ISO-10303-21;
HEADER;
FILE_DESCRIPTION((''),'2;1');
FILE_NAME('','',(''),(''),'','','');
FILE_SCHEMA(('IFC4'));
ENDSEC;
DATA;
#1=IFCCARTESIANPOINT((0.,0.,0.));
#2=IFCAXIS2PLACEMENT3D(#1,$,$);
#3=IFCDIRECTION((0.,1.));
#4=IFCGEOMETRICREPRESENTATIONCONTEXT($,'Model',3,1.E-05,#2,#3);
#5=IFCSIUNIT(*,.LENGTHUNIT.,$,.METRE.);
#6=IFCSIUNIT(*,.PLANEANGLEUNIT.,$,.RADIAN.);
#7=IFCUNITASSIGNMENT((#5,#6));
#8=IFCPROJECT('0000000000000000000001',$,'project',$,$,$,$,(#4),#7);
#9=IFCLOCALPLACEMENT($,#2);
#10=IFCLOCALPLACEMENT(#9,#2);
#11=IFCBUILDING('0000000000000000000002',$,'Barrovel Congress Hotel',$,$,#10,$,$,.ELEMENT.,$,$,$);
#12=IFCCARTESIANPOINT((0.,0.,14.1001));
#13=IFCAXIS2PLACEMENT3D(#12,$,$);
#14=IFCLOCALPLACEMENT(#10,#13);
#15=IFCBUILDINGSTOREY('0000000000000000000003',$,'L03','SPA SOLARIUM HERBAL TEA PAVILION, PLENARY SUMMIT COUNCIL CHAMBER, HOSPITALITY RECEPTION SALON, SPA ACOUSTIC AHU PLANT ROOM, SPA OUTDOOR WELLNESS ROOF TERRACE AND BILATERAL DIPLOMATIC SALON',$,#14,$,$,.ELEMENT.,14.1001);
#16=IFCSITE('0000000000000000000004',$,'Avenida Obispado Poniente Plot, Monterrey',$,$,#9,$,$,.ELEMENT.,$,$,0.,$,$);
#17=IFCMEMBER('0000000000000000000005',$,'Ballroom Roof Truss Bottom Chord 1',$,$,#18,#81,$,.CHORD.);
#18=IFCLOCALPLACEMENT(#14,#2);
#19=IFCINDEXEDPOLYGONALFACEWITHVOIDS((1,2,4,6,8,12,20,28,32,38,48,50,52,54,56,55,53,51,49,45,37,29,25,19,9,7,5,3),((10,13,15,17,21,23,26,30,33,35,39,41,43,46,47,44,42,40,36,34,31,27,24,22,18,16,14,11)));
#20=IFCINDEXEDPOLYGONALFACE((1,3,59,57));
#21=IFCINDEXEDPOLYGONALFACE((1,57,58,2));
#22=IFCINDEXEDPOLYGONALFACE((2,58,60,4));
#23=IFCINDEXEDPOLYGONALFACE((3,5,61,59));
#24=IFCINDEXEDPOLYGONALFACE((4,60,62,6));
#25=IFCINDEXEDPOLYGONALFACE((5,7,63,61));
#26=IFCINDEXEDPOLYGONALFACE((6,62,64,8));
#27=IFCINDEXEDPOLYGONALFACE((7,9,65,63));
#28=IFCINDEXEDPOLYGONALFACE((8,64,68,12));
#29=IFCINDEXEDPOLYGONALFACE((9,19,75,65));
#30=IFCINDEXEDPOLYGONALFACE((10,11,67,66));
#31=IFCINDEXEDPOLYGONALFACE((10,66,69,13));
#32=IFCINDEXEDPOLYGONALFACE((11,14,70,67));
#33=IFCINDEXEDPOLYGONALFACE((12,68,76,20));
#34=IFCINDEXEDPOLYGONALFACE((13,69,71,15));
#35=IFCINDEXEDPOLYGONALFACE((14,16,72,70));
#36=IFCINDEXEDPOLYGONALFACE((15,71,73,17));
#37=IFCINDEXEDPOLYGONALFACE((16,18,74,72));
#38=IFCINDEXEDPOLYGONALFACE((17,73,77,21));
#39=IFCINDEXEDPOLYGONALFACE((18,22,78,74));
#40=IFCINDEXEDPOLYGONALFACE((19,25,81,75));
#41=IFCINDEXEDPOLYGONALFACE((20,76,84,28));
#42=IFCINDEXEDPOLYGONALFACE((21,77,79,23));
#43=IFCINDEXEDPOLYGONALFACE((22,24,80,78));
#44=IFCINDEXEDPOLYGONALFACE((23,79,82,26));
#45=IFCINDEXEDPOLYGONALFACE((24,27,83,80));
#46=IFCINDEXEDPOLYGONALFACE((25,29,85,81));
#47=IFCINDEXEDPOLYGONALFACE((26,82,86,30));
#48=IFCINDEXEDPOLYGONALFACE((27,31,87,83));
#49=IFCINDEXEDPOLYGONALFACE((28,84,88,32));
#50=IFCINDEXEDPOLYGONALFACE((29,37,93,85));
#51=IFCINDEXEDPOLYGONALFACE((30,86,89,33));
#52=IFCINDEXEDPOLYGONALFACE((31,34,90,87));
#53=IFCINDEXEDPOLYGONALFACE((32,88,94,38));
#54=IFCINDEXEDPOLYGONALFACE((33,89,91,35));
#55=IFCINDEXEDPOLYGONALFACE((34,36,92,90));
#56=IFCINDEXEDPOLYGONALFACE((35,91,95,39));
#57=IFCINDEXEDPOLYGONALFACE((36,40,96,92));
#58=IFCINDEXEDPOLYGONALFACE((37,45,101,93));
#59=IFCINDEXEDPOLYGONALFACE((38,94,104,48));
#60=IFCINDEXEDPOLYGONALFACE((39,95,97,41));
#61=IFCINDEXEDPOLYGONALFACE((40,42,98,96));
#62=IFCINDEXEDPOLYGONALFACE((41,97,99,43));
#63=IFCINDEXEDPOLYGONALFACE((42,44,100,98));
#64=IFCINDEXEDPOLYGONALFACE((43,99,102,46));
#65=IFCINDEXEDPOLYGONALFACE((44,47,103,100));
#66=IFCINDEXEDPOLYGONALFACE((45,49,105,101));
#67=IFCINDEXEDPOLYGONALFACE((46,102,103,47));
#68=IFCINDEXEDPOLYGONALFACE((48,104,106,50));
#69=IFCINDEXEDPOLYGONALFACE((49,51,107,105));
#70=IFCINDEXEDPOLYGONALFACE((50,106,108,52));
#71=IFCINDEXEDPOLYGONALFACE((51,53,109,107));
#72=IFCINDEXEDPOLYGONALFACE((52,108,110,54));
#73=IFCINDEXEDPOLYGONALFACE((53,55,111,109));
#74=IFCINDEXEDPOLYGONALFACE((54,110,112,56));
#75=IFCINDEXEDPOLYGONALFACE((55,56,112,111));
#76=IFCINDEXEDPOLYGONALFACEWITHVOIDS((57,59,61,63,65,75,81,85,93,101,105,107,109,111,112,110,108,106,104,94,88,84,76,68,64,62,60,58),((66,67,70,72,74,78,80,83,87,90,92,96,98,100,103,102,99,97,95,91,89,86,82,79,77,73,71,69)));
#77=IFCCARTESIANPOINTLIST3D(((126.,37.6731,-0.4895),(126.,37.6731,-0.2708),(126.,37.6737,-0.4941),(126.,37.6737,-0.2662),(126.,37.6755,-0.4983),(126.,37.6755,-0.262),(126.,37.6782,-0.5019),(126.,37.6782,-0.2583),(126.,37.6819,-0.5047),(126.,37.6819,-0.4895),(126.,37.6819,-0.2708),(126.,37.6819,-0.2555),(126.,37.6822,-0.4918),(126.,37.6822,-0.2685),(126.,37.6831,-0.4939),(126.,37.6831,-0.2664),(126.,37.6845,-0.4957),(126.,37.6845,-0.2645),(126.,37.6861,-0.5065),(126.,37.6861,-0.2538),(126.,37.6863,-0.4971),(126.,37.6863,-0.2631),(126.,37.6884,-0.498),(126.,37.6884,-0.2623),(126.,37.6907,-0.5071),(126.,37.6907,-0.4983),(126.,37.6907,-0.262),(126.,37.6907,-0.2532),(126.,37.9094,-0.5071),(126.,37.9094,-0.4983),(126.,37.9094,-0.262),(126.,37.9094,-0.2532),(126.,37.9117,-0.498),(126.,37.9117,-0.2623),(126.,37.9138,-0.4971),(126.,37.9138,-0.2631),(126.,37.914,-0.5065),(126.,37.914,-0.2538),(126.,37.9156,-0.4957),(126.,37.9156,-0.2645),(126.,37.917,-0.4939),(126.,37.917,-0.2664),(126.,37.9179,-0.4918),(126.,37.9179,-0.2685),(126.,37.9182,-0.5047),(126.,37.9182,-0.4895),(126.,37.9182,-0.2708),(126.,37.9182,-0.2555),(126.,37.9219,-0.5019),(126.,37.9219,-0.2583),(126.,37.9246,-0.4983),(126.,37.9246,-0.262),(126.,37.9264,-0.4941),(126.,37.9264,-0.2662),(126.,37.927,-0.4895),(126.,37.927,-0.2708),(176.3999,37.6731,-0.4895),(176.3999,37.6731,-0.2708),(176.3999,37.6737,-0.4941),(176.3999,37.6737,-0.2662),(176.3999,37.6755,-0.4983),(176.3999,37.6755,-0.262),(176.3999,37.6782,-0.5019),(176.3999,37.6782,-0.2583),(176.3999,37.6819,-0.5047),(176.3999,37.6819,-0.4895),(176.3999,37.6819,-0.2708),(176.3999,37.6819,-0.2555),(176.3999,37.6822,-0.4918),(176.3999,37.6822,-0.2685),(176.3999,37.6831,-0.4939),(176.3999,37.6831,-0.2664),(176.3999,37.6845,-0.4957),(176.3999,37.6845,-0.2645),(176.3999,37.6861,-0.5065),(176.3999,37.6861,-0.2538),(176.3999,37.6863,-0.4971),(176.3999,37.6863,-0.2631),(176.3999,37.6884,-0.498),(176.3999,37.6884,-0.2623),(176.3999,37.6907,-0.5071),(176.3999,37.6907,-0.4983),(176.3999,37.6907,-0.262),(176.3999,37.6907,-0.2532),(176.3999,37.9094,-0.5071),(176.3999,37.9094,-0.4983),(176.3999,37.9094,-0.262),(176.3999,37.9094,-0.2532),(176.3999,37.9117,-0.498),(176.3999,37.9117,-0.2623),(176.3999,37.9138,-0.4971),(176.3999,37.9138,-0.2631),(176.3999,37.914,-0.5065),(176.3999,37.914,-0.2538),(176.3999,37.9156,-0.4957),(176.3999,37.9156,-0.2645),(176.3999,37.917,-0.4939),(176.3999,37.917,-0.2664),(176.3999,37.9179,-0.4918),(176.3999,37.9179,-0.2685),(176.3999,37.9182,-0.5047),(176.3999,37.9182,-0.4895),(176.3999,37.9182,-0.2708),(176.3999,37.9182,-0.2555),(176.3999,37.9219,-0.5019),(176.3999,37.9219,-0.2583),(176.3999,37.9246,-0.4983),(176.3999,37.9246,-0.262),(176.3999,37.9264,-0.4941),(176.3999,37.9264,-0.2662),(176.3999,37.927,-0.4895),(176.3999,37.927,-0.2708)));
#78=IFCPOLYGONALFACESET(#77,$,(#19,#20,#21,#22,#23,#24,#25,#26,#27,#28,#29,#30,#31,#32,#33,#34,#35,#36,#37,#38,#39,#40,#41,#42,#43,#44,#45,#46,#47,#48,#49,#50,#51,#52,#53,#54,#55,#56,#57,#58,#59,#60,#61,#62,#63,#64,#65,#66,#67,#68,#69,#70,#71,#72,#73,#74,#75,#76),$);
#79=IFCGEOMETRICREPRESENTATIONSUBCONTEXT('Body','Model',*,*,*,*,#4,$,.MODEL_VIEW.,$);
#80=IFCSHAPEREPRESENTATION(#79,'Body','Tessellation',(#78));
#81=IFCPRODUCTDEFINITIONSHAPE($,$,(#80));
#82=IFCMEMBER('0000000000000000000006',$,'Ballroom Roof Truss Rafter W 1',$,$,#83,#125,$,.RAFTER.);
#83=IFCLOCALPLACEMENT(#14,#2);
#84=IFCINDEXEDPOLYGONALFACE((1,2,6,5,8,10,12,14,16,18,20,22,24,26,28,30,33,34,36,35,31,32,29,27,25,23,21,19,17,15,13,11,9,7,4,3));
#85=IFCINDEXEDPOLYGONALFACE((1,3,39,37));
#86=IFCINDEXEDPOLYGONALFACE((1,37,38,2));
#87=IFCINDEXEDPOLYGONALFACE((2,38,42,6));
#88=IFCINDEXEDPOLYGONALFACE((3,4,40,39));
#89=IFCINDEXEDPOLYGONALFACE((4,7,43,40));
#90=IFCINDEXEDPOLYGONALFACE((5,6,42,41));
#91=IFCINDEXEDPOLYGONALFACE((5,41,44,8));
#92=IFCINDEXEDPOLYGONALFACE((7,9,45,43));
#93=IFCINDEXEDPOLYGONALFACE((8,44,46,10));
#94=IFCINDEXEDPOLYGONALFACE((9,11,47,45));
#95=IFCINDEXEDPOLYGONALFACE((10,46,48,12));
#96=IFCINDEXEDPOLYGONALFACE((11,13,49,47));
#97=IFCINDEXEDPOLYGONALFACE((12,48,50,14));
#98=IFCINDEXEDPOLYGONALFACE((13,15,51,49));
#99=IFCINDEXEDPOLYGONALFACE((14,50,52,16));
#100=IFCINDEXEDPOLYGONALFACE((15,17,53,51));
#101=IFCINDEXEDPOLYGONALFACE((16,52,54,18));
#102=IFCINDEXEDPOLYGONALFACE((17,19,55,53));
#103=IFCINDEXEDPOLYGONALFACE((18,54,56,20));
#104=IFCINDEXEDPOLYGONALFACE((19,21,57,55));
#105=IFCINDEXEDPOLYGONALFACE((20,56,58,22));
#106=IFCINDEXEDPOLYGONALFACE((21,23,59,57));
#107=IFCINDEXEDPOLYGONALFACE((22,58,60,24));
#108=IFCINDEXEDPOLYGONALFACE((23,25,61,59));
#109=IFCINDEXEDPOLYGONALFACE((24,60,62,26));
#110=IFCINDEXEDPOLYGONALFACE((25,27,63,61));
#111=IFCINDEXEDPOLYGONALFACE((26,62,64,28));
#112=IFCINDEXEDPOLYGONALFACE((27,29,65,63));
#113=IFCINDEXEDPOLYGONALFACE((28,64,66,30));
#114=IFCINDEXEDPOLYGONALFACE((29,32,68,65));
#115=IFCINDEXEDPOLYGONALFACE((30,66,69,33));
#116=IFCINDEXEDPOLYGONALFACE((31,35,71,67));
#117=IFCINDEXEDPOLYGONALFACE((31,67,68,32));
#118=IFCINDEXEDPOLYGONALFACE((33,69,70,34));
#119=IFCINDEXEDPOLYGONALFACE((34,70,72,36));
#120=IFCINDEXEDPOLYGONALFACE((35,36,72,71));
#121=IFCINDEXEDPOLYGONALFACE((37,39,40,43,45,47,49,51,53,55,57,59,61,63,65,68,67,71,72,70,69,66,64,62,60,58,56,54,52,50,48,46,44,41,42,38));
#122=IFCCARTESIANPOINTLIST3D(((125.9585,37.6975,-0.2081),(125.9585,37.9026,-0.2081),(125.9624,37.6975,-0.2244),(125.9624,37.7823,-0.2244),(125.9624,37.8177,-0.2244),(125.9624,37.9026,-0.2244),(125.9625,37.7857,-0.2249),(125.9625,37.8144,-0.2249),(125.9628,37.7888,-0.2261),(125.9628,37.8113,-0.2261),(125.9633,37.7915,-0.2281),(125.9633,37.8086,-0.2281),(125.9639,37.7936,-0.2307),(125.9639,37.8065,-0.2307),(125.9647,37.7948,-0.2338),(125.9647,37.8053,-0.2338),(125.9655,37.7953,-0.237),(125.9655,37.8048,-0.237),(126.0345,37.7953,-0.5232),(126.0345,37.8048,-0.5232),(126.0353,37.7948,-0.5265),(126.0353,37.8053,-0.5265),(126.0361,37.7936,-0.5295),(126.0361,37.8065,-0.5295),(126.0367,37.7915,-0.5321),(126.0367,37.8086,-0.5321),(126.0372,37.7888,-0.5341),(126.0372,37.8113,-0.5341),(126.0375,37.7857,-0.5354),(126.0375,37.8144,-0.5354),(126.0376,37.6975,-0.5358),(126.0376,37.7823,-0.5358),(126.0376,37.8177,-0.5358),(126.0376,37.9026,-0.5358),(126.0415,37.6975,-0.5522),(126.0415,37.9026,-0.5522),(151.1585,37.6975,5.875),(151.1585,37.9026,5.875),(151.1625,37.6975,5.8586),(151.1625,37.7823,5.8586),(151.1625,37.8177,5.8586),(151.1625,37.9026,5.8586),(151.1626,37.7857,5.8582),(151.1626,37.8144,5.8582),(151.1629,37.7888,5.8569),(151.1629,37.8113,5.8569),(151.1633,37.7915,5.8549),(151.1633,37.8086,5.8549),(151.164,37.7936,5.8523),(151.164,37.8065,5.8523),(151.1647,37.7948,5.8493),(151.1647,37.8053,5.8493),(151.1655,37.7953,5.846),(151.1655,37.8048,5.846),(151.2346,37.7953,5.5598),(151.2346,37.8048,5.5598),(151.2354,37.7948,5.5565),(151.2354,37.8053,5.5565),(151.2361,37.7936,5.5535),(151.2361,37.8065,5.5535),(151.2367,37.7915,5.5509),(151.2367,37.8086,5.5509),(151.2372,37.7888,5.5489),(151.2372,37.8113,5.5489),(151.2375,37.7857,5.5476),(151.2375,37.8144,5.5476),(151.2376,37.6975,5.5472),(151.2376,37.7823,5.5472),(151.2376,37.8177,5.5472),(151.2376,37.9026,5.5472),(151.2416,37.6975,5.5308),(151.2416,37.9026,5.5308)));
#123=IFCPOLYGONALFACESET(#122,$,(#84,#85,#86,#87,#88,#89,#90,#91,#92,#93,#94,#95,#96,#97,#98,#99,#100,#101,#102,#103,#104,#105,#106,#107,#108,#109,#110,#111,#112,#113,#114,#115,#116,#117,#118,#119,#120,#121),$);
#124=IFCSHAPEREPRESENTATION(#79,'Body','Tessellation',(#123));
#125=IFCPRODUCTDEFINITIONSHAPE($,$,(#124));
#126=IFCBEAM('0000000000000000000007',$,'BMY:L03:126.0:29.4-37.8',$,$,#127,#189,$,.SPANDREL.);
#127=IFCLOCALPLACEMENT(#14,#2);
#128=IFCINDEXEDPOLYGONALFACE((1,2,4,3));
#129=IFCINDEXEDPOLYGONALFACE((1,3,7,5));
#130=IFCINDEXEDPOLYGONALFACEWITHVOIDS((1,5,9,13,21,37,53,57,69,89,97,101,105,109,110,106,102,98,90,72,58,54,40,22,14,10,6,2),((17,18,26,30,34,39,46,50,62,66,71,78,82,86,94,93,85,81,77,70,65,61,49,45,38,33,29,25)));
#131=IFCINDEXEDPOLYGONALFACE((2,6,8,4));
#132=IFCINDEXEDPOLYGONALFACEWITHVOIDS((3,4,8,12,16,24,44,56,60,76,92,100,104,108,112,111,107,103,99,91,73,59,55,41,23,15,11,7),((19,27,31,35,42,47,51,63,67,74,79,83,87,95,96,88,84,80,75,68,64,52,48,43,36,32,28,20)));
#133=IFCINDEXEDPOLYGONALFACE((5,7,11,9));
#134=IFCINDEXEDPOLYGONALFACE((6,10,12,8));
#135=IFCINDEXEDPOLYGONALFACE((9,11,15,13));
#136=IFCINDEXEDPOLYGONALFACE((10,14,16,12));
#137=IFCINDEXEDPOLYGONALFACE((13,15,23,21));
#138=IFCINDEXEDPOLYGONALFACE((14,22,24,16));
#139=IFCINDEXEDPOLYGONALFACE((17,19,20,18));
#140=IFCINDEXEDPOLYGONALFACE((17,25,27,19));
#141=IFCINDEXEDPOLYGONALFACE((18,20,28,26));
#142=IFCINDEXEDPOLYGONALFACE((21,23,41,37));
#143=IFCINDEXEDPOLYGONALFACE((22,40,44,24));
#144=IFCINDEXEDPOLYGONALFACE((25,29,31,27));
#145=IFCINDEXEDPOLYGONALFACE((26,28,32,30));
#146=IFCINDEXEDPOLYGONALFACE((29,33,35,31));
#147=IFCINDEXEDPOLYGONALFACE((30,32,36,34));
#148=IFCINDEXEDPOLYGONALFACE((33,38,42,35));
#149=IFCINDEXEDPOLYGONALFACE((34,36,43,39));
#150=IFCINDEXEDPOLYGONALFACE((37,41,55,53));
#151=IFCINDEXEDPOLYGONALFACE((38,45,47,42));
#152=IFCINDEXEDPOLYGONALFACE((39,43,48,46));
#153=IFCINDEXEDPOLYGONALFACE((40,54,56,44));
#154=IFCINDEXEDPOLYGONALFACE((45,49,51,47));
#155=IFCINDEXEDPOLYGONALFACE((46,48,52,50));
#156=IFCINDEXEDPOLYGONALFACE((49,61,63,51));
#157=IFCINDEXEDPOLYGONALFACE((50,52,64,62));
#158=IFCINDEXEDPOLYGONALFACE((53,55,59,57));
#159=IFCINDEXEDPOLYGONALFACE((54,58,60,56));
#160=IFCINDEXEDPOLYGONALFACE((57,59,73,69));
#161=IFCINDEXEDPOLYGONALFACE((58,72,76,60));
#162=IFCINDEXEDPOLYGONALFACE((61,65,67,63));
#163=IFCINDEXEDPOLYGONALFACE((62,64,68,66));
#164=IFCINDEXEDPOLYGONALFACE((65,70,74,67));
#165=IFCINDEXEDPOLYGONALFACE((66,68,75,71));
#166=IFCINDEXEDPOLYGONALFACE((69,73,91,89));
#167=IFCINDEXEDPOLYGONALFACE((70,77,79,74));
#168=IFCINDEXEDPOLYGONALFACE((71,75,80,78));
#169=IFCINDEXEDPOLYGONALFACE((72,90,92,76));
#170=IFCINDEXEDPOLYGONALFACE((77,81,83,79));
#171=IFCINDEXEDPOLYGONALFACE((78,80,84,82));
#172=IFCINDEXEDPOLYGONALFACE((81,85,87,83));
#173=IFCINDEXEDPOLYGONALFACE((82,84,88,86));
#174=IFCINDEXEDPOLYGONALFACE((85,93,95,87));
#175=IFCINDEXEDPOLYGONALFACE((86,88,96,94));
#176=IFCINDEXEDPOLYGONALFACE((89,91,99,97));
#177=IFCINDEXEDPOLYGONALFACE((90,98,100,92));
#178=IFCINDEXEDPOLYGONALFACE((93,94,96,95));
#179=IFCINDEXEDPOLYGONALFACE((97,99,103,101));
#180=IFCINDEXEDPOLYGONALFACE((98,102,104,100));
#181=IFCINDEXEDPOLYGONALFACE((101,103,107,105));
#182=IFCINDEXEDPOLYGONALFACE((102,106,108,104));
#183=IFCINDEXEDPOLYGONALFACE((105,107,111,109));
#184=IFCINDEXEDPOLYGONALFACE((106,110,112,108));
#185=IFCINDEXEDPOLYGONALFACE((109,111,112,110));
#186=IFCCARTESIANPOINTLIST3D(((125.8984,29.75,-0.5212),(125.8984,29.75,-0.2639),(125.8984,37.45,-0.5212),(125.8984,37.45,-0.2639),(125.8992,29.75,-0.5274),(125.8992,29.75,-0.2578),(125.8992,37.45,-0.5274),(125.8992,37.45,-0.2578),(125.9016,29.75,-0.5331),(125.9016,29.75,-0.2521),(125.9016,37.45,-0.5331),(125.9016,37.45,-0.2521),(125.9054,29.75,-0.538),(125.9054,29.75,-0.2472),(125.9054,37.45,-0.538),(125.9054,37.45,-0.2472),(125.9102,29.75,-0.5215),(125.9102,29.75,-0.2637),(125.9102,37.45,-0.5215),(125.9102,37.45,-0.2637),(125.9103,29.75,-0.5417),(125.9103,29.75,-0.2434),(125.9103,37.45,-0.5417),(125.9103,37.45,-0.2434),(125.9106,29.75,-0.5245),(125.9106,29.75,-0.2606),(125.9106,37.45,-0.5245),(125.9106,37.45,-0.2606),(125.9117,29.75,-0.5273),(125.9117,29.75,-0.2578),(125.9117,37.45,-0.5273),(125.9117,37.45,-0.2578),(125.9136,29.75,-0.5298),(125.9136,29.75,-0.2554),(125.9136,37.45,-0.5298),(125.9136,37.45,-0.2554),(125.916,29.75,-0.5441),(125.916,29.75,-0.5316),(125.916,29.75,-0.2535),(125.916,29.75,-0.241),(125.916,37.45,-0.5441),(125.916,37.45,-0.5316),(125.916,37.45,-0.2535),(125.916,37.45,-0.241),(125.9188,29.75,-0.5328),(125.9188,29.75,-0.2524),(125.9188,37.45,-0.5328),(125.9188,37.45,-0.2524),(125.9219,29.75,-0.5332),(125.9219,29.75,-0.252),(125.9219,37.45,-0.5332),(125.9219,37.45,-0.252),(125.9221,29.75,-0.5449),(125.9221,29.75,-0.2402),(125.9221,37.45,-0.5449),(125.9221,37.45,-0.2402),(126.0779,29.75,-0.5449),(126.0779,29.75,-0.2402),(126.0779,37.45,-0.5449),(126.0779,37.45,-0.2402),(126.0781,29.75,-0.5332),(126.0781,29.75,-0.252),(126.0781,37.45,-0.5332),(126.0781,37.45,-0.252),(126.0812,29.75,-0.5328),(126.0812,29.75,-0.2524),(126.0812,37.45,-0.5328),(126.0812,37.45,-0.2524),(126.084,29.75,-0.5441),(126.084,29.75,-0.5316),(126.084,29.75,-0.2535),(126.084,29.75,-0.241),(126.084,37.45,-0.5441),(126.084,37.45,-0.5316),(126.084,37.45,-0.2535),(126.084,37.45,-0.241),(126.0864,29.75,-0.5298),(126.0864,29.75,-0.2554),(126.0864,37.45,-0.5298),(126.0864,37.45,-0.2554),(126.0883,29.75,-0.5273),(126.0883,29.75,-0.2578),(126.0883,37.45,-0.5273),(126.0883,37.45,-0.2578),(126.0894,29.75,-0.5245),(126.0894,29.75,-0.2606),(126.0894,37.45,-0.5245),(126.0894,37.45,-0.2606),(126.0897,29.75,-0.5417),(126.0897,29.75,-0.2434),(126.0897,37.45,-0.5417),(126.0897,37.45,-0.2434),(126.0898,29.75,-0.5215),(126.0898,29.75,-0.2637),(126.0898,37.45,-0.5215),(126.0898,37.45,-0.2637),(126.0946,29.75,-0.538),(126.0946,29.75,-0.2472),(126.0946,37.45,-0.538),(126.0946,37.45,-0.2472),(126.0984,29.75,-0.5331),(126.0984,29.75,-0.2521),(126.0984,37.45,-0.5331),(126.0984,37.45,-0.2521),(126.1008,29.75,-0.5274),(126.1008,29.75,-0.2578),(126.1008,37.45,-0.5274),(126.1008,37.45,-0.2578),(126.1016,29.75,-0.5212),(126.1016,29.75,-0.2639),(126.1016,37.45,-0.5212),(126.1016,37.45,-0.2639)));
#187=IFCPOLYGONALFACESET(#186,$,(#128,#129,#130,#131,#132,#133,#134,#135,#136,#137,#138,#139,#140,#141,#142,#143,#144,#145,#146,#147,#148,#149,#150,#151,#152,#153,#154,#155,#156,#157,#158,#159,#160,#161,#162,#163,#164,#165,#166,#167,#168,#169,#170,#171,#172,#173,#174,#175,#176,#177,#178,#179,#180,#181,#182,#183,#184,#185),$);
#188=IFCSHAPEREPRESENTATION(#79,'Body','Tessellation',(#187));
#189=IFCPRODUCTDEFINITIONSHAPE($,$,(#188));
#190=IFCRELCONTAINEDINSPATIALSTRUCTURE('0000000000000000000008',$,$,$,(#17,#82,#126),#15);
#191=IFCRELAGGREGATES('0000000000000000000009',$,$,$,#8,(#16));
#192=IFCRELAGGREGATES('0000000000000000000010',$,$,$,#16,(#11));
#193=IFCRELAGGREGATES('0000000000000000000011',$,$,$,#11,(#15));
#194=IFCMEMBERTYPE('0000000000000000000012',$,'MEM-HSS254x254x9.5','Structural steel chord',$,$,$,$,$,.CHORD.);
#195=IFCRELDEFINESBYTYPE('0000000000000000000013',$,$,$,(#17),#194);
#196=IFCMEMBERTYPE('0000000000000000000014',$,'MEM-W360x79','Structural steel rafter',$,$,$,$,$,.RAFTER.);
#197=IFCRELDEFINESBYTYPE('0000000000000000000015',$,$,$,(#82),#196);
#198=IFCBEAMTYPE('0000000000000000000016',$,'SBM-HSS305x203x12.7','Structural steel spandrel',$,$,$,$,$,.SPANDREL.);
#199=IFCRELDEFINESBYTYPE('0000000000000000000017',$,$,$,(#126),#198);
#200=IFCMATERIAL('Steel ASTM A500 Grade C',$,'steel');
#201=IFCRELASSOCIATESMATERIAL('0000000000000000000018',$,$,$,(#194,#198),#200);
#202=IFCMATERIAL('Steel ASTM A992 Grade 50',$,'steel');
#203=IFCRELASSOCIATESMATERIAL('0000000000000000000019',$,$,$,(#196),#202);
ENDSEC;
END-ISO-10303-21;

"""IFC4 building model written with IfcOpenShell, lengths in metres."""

from ifc_helpers import new_model, si_unit, direction, frame, origin, origin_2d, place, context, subcontext, project, spatial, hollow_rectangle, i_section, extrude, material, material_profile, profile_set, type_object, element, save


model = new_model("IFC4")

# Units and contexts
model_context = context("Model", 3, precision=1e-05, world=origin(), true_north=direction((0.0, 1.0)))
body_context = subcontext(model_context, "Body", "Model", "MODEL_VIEW")
ifc_project = project(units=[si_unit("LENGTHUNIT", "METRE"), si_unit("PLANEANGLEUNIT", "RADIAN")], contexts=[model_context])

# Site, building, storey
site_placement = place(None, origin())
site = spatial("IfcSite", under=ifc_project, at=site_placement, Name="Avenida Obispado Poniente Plot, Monterrey", CompositionType="ELEMENT", RefElevation=0.0)
building_placement = place(site_placement, origin())
building = spatial("IfcBuilding", under=site, at=building_placement, Name="Barrovel Congress Hotel", CompositionType="ELEMENT")
storey_placement = place(building_placement, frame((0.0, 0.0, 14.1001)))
storey = spatial("IfcBuildingStorey", under=building, at=storey_placement, Name="L03", Description="SPA SOLARIUM HERBAL TEA PAVILION, PLENARY SUMMIT COUNCIL CHAMBER, HOSPITALITY RECEPTION SALON, SPA ACOUSTIC AHU PLANT ROOM, SPA OUTDOOR WELLNESS ROOF TERRACE AND BILATERAL DIPLOMATIC SALON", CompositionType="ELEMENT", Elevation=14.1001)

# Members
ifc_material_1 = material(Name="Steel ASTM A500 Grade C", Category="steel")
ifc_material_profile_1 = material_profile(ifc_material_1, hollow_rectangle(XDim=0.2539, YDim=0.2539, WallThickness=0.0088, InnerFilletRadius=0.0088, OuterFilletRadius=0.0176, at=origin_2d()), Name="HSS254x254x9.5")
ifc_profile_set_1 = profile_set([ifc_material_profile_1], Name="Steel ASTM A500 Grade C")
member_type_1 = type_object("IfcMemberType", Name="MEM-HSS254x254x9.5", Description="Structural steel chord", PredefinedType="CHORD", material=ifc_profile_set_1)
member_1_placement = place(storey_placement, frame((126.0, 37.8, -0.3801), z_axis=(1.0, 0.0, 0.0), x_axis=(0.0, 1.0, 0.0)))
element("IfcMember", 1, at=member_1_placement, inside=storey, type_object=member_type_1, Name="Ballroom Roof Truss Bottom Chord 1", PredefinedType="CHORD", context=body_context, shape_type="SweptSolid", body=[
    extrude(hollow_rectangle(XDim=0.2539, YDim=0.2539, WallThickness=0.0088, InnerFilletRadius=0.0088, OuterFilletRadius=0.0176, at=origin_2d()), origin(), (0.0, 0.0, 1.0), 50.3999),
])
ifc_material_2 = material(Name="Steel ASTM A992 Grade 50", Category="steel")
ifc_material_profile_2 = material_profile(ifc_material_2, i_section(OverallWidth=0.2051, OverallDepth=0.354, WebThickness=0.0095, FlangeThickness=0.0168, FilletRadius=0.0129, at=origin_2d()), Name="W360x79")
ifc_profile_set_2 = profile_set([ifc_material_profile_2], Name="Steel ASTM A992 Grade 50")
member_type_2 = type_object("IfcMemberType", Name="MEM-W360x79", Description="Structural steel rafter", PredefinedType="RAFTER", material=ifc_profile_set_2)
member_2_placement = place(storey_placement, frame((126.0, 37.8, -0.3801), z_axis=(0.97208, 0.0, 0.23465), x_axis=(0.0, 1.0, 0.0)))
element("IfcMember", 2, at=member_2_placement, inside=storey, type_object=member_type_2, Name="Ballroom Roof Truss Rafter W 1", PredefinedType="RAFTER", context=body_context, shape_type="SweptSolid", body=[
    extrude(i_section(OverallWidth=0.2051, OverallDepth=0.354, WebThickness=0.0095, FlangeThickness=0.0168, FilletRadius=0.0129, at=origin_2d()), origin(), (0.0, 0.0, 1.0), 25.9238),
])

# Beam
ifc_material_profile_3 = material_profile(ifc_material_1, hollow_rectangle(XDim=0.2031, YDim=0.3047, WallThickness=0.0117, InnerFilletRadius=0.0117, OuterFilletRadius=0.0237, at=origin_2d()), Name="HSS305x203x12.7")
ifc_profile_set_3 = profile_set([ifc_material_profile_3], Name="Steel ASTM A500 Grade C")
beam_type_1 = type_object("IfcBeamType", Name="SBM-HSS305x203x12.7", Description="Structural steel spandrel", PredefinedType="SPANDREL", material=ifc_profile_set_3)
beam_1_placement = place(storey_placement, frame((126.0, 29.75, -0.3926), z_axis=(0.0, 1.0, 0.0), x_axis=(-1.0, 0.0, 0.0)))
element("IfcBeam", 3, at=beam_1_placement, inside=storey, type_object=beam_type_1, Name="BMY:L03:126.0:29.4-37.8", PredefinedType="SPANDREL", context=body_context, shape_type="SweptSolid", body=[
    extrude(hollow_rectangle(XDim=0.2031, YDim=0.3047, WallThickness=0.0117, InnerFilletRadius=0.0117, OuterFilletRadius=0.0237, at=origin_2d()), origin(), (0.0, 0.0, 1.0), 7.7),
])

save(model, "model.ifc")
